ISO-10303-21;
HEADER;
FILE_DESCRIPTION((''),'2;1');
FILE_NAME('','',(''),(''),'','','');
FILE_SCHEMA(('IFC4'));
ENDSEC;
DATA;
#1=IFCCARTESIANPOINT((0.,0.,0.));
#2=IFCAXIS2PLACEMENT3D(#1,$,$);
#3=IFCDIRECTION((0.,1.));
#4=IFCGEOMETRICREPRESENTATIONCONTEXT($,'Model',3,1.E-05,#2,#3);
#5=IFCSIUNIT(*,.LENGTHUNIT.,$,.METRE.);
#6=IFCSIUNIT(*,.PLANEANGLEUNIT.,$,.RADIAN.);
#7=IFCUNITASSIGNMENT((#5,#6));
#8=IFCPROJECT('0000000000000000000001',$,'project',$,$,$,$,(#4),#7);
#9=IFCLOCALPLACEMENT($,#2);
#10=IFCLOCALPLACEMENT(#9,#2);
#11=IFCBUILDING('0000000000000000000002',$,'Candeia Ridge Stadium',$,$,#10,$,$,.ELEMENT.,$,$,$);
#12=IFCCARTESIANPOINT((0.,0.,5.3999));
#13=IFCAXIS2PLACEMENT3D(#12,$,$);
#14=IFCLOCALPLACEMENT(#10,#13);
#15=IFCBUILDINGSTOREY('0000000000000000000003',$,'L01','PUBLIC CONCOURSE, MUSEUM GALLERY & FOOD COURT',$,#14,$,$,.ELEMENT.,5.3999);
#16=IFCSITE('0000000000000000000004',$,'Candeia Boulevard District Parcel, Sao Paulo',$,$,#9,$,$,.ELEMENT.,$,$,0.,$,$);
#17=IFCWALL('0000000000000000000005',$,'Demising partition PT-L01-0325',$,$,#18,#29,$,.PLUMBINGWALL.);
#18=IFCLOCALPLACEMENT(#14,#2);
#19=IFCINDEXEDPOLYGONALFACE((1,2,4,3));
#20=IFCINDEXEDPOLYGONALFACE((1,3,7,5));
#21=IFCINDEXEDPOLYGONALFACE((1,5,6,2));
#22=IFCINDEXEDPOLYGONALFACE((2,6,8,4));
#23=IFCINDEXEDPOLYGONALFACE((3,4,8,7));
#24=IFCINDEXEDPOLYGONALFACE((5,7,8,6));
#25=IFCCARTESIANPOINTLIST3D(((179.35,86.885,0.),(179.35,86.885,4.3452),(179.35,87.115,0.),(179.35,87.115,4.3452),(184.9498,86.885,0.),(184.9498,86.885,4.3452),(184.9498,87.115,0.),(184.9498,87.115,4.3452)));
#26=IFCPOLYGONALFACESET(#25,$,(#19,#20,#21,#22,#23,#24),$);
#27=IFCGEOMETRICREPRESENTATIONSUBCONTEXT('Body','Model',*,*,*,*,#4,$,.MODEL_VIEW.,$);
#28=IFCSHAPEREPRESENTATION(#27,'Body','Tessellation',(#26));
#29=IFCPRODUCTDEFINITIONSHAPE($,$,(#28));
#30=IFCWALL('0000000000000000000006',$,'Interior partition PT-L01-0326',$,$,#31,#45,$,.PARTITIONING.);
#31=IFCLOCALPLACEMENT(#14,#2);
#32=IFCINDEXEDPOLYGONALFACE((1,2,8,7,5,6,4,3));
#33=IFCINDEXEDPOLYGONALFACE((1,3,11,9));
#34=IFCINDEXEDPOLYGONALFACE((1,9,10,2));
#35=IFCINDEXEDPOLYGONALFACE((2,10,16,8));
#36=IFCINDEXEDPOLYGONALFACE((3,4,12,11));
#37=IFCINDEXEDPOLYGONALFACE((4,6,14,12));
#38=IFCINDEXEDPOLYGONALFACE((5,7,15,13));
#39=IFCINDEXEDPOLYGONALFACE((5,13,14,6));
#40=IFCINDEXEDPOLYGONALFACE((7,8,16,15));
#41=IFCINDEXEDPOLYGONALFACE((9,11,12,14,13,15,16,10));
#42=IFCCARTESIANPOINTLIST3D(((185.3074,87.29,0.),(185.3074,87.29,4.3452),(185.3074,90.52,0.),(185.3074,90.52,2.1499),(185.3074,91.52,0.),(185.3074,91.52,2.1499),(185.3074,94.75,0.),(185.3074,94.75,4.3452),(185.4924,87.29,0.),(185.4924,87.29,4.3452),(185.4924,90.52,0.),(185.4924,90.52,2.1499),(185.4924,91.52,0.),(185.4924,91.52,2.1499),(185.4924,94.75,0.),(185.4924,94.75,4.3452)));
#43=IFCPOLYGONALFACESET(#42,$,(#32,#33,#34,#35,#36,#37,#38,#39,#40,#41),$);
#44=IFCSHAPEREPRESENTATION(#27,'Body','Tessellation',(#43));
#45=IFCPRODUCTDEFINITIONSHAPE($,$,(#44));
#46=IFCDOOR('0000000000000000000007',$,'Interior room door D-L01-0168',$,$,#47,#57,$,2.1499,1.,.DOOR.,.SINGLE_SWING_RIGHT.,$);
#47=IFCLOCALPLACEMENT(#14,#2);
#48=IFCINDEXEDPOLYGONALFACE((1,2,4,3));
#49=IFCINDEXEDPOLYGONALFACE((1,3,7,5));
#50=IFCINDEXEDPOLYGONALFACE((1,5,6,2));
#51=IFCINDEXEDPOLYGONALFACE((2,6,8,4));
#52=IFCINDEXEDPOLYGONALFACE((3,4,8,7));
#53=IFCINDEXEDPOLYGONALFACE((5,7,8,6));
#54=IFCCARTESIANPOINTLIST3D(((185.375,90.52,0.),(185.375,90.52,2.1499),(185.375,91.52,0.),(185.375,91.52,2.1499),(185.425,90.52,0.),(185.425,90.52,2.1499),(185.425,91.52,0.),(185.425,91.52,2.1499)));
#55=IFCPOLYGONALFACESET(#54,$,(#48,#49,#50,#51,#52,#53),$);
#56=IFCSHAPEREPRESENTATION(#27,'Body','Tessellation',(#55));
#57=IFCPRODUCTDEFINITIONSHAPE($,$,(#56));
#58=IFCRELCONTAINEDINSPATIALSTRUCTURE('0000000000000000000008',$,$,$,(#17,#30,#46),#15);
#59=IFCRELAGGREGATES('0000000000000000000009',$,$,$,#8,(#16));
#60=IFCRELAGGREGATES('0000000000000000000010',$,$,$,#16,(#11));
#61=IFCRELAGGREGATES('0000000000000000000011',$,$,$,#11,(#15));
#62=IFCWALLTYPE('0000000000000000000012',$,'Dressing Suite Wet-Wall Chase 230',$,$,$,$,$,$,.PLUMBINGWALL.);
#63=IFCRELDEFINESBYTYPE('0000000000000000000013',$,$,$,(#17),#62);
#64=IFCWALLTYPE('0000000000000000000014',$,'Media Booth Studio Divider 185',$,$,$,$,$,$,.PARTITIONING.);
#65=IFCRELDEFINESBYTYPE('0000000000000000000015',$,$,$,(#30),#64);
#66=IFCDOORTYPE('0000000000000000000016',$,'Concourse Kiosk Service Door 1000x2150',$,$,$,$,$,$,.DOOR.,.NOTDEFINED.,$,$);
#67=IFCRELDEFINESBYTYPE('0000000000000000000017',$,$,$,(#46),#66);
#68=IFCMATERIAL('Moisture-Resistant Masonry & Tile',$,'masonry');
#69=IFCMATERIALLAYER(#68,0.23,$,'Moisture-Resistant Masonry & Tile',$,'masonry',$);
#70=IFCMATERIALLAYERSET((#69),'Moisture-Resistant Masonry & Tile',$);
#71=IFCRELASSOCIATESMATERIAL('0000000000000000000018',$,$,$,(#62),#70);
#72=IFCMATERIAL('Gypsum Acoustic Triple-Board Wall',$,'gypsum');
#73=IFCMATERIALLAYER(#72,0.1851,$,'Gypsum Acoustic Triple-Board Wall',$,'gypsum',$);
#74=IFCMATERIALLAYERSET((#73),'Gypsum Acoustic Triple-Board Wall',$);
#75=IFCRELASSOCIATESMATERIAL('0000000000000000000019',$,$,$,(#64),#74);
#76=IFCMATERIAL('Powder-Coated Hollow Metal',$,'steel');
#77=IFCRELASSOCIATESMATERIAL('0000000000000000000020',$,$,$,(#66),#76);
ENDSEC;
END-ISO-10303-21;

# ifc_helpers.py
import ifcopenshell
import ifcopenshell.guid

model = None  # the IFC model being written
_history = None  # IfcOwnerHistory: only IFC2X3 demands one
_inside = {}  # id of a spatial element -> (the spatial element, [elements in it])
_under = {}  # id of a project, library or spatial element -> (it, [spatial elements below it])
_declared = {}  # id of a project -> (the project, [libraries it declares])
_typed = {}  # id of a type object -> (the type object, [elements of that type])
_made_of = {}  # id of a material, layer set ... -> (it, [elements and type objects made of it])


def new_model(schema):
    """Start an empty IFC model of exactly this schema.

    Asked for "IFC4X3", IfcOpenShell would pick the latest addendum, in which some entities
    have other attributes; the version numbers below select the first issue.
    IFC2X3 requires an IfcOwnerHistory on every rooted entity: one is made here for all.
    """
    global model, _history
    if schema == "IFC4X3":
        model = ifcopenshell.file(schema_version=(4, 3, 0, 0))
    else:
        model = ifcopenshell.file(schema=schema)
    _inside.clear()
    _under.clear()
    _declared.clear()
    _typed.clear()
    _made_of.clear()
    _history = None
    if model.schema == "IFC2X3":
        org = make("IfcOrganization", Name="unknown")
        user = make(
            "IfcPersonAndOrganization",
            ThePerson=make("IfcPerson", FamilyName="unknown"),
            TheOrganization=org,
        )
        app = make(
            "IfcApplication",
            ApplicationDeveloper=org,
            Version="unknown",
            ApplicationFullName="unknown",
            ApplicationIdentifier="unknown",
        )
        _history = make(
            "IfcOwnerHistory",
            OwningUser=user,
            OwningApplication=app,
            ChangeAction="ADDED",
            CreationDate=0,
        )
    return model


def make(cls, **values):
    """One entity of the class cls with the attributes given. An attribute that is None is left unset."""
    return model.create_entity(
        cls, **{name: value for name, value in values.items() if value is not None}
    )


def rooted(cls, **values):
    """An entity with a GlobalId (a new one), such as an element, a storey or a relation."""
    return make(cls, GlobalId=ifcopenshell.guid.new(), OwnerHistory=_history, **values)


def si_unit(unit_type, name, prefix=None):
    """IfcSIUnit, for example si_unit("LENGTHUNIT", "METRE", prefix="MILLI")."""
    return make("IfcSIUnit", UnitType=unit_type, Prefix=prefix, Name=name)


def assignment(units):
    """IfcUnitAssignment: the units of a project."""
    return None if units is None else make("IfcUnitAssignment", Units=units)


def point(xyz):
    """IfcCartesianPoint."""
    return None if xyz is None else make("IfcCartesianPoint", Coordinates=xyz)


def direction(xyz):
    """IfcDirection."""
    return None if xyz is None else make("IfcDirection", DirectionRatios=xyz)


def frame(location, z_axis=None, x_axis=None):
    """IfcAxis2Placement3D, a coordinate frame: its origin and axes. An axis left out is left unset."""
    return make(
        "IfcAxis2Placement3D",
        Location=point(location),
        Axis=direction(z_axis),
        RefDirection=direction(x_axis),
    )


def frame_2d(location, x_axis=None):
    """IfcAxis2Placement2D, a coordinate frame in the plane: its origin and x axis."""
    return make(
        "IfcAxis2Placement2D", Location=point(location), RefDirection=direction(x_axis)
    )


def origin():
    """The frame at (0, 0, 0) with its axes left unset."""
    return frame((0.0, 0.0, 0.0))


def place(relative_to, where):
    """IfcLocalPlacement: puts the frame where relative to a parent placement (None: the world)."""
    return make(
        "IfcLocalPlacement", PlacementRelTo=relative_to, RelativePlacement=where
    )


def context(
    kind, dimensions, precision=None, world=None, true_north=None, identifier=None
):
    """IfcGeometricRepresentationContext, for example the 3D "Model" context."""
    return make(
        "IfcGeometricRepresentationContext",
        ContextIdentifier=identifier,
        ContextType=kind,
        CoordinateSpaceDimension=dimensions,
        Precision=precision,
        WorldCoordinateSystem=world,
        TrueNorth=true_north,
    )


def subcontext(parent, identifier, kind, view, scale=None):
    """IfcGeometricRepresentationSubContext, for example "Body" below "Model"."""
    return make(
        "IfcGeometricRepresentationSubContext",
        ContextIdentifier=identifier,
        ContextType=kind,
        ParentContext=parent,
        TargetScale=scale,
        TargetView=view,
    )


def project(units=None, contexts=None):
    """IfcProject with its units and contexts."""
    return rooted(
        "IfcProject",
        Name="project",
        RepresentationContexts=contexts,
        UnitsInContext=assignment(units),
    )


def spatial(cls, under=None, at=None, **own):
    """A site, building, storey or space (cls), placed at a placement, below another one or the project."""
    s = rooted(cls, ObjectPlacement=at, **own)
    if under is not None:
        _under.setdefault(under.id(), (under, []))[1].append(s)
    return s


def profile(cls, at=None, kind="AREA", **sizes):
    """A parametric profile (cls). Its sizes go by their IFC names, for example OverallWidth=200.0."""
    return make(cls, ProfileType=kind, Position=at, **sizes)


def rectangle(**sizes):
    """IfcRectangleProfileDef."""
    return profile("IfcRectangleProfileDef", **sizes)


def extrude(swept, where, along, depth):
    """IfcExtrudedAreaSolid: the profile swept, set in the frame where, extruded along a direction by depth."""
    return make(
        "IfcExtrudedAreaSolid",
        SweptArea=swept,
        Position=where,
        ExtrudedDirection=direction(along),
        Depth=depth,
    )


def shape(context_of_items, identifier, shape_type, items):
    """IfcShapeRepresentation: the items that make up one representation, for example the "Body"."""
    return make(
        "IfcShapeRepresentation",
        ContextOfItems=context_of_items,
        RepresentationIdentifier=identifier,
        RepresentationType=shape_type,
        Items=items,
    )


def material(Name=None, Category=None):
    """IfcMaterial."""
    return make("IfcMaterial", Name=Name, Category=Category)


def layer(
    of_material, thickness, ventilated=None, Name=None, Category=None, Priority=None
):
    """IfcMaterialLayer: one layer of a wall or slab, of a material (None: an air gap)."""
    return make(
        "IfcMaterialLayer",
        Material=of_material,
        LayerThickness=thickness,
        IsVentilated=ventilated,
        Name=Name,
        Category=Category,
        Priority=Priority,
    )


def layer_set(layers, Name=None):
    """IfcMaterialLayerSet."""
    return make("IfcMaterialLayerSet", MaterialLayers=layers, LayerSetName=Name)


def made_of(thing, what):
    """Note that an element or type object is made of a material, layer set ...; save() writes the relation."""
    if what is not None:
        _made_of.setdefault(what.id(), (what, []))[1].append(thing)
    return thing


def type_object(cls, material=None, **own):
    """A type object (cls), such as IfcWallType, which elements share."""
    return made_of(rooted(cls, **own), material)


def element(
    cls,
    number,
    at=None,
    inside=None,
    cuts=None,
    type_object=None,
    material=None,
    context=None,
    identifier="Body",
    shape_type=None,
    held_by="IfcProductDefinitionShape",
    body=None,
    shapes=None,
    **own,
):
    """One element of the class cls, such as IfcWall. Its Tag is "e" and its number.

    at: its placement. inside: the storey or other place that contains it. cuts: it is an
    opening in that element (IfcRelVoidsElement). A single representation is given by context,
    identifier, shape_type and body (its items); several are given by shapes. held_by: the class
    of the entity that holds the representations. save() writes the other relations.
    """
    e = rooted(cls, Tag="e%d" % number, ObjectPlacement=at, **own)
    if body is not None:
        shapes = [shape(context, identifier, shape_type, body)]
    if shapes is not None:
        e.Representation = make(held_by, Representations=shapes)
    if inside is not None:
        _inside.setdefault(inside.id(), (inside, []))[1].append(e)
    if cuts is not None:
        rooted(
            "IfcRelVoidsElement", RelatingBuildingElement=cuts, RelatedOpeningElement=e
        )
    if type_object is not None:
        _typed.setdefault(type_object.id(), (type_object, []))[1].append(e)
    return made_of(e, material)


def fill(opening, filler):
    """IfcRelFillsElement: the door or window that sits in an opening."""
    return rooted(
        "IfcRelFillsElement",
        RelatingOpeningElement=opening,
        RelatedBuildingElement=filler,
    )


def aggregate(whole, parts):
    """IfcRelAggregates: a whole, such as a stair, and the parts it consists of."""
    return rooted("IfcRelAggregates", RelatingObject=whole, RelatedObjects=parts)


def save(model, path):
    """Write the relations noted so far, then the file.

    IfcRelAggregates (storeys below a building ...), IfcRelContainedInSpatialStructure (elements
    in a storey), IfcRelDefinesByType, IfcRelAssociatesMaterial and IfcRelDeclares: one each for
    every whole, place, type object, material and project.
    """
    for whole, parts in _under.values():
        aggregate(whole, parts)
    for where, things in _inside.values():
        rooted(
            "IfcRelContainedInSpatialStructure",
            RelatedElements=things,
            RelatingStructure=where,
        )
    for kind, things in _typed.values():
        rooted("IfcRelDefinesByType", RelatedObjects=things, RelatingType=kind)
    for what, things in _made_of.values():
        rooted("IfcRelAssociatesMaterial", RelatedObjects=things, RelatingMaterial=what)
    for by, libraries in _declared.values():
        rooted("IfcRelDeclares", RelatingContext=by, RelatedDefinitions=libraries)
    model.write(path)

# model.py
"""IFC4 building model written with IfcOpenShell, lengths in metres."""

from ifc_helpers import new_model, si_unit, direction, frame, frame_2d, origin, place, context, subcontext, project, spatial, rectangle, extrude, material, layer, layer_set, type_object, element, fill, save


model = new_model("IFC4")

# Units and contexts
model_context = context("Model", 3, precision=1e-05, world=origin(), true_north=direction((0.0, 1.0)))
body_context = subcontext(model_context, "Body", "Model", "MODEL_VIEW")
ifc_project = project(units=[si_unit("LENGTHUNIT", "METRE"), si_unit("PLANEANGLEUNIT", "RADIAN")], contexts=[model_context])

# Site, building, storey
site_placement = place(None, origin())
site = spatial("IfcSite", under=ifc_project, at=site_placement, Name="Candeia Boulevard District Parcel, Sao Paulo", CompositionType="ELEMENT", RefElevation=0.0)
building_placement = place(site_placement, origin())
building = spatial("IfcBuilding", under=site, at=building_placement, Name="Candeia Ridge Stadium", CompositionType="ELEMENT")
storey_placement = place(building_placement, frame((0.0, 0.0, 5.3999)))
storey = spatial("IfcBuildingStorey", under=building, at=storey_placement, Name="L01", Description="PUBLIC CONCOURSE, MUSEUM GALLERY & FOOD COURT", CompositionType="ELEMENT", Elevation=5.3999)

# Wall
ifc_material_1 = material(Name="Moisture-Resistant Masonry & Tile", Category="masonry")
ifc_layer_1 = layer(ifc_material_1, 0.23, Name="Moisture-Resistant Masonry & Tile", Category="masonry")
ifc_layer_set_1 = layer_set([ifc_layer_1], Name="Moisture-Resistant Masonry & Tile")
wall_type_1 = type_object("IfcWallType", Name="Dressing Suite Wet-Wall Chase 230", PredefinedType="PLUMBINGWALL", material=ifc_layer_set_1)
wall_1_placement = place(storey_placement, frame((179.3501, 87.0, 0.0), z_axis=(0.0, 0.0, 1.0), x_axis=(1.0, 0.0, 0.0)))
element("IfcWall", 1, at=wall_1_placement, inside=storey, type_object=wall_type_1, Name="Demising partition PT-L01-0325", PredefinedType="PLUMBINGWALL", context=body_context, shape_type="SweptSolid", body=[
    extrude(rectangle(XDim=5.5999, YDim=0.23, at=frame_2d((2.7998, 0.0))), origin(), (0.0, 0.0, 1.0), 4.3452),
])

# Wall, opening, door
ifc_material_2 = material(Name="Gypsum Acoustic Triple-Board Wall", Category="gypsum")
ifc_layer_2 = layer(ifc_material_2, 0.1851, Name="Gypsum Acoustic Triple-Board Wall", Category="gypsum")
ifc_layer_set_2 = layer_set([ifc_layer_2], Name="Gypsum Acoustic Triple-Board Wall")
wall_type_2 = type_object("IfcWallType", Name="Media Booth Studio Divider 185", PredefinedType="PARTITIONING", material=ifc_layer_set_2)
wall_2_placement = place(storey_placement, frame((185.3999, 94.75, 0.0), z_axis=(0.0, 0.0, 1.0), x_axis=(0.0, -1.0, 0.0)))
wall_2 = element("IfcWall", 2, at=wall_2_placement, inside=storey, type_object=wall_type_2, Name="Interior partition PT-L01-0326", PredefinedType="PARTITIONING", context=body_context, shape_type="SweptSolid", body=[
    extrude(rectangle(XDim=7.46, YDim=0.1851, at=frame_2d((3.73, 0.0))), origin(), (0.0, 0.0, 1.0), 4.3452),
])
opening_1_placement = place(wall_2_placement, frame((3.23, 0.0, 0.0)))
opening_1 = element("IfcOpeningElement", 3, at=opening_1_placement, cuts=wall_2, PredefinedType="OPENING", context=body_context, shape_type="SweptSolid", body=[
    extrude(rectangle(XDim=1.0, YDim=2.1499, at=frame_2d((0.5, 1.075))), frame((0.0, 0.1025, 0.0), z_axis=(0.0, -1.0, 0.0), x_axis=(1.0, 0.0, 0.0)), (0.0, 0.0, 1.0), 0.2051),
])
ifc_material_3 = material(Name="Powder-Coated Hollow Metal", Category="steel")
door_type_1 = type_object("IfcDoorType", Name="Concourse Kiosk Service Door 1000x2150", OperationType="NOTDEFINED", PredefinedType="DOOR", material=ifc_material_3)
door_1_placement = place(opening_1_placement, frame((1.0, 0.0, 0.0), z_axis=(0.0, 0.0, 1.0), x_axis=(-1.0, 0.0, 0.0)))
door_1 = element("IfcDoor", 4, at=door_1_placement, inside=storey, type_object=door_type_1, Name="Interior room door D-L01-0168", OperationType="SINGLE_SWING_RIGHT", OverallHeight=2.1499, OverallWidth=1.0, PredefinedType="DOOR", context=body_context, shape_type="SweptSolid", body=[
    extrude(rectangle(XDim=1.0, YDim=2.1499, at=frame_2d((0.5, 1.075))), frame((0.0, 0.0249, 0.0), z_axis=(0.0, -1.0, 0.0), x_axis=(1.0, 0.0, 0.0)), (0.0, 0.0, 1.0), 0.05),
])
fill(opening_1, door_1)

save(model, "model.ifc")
